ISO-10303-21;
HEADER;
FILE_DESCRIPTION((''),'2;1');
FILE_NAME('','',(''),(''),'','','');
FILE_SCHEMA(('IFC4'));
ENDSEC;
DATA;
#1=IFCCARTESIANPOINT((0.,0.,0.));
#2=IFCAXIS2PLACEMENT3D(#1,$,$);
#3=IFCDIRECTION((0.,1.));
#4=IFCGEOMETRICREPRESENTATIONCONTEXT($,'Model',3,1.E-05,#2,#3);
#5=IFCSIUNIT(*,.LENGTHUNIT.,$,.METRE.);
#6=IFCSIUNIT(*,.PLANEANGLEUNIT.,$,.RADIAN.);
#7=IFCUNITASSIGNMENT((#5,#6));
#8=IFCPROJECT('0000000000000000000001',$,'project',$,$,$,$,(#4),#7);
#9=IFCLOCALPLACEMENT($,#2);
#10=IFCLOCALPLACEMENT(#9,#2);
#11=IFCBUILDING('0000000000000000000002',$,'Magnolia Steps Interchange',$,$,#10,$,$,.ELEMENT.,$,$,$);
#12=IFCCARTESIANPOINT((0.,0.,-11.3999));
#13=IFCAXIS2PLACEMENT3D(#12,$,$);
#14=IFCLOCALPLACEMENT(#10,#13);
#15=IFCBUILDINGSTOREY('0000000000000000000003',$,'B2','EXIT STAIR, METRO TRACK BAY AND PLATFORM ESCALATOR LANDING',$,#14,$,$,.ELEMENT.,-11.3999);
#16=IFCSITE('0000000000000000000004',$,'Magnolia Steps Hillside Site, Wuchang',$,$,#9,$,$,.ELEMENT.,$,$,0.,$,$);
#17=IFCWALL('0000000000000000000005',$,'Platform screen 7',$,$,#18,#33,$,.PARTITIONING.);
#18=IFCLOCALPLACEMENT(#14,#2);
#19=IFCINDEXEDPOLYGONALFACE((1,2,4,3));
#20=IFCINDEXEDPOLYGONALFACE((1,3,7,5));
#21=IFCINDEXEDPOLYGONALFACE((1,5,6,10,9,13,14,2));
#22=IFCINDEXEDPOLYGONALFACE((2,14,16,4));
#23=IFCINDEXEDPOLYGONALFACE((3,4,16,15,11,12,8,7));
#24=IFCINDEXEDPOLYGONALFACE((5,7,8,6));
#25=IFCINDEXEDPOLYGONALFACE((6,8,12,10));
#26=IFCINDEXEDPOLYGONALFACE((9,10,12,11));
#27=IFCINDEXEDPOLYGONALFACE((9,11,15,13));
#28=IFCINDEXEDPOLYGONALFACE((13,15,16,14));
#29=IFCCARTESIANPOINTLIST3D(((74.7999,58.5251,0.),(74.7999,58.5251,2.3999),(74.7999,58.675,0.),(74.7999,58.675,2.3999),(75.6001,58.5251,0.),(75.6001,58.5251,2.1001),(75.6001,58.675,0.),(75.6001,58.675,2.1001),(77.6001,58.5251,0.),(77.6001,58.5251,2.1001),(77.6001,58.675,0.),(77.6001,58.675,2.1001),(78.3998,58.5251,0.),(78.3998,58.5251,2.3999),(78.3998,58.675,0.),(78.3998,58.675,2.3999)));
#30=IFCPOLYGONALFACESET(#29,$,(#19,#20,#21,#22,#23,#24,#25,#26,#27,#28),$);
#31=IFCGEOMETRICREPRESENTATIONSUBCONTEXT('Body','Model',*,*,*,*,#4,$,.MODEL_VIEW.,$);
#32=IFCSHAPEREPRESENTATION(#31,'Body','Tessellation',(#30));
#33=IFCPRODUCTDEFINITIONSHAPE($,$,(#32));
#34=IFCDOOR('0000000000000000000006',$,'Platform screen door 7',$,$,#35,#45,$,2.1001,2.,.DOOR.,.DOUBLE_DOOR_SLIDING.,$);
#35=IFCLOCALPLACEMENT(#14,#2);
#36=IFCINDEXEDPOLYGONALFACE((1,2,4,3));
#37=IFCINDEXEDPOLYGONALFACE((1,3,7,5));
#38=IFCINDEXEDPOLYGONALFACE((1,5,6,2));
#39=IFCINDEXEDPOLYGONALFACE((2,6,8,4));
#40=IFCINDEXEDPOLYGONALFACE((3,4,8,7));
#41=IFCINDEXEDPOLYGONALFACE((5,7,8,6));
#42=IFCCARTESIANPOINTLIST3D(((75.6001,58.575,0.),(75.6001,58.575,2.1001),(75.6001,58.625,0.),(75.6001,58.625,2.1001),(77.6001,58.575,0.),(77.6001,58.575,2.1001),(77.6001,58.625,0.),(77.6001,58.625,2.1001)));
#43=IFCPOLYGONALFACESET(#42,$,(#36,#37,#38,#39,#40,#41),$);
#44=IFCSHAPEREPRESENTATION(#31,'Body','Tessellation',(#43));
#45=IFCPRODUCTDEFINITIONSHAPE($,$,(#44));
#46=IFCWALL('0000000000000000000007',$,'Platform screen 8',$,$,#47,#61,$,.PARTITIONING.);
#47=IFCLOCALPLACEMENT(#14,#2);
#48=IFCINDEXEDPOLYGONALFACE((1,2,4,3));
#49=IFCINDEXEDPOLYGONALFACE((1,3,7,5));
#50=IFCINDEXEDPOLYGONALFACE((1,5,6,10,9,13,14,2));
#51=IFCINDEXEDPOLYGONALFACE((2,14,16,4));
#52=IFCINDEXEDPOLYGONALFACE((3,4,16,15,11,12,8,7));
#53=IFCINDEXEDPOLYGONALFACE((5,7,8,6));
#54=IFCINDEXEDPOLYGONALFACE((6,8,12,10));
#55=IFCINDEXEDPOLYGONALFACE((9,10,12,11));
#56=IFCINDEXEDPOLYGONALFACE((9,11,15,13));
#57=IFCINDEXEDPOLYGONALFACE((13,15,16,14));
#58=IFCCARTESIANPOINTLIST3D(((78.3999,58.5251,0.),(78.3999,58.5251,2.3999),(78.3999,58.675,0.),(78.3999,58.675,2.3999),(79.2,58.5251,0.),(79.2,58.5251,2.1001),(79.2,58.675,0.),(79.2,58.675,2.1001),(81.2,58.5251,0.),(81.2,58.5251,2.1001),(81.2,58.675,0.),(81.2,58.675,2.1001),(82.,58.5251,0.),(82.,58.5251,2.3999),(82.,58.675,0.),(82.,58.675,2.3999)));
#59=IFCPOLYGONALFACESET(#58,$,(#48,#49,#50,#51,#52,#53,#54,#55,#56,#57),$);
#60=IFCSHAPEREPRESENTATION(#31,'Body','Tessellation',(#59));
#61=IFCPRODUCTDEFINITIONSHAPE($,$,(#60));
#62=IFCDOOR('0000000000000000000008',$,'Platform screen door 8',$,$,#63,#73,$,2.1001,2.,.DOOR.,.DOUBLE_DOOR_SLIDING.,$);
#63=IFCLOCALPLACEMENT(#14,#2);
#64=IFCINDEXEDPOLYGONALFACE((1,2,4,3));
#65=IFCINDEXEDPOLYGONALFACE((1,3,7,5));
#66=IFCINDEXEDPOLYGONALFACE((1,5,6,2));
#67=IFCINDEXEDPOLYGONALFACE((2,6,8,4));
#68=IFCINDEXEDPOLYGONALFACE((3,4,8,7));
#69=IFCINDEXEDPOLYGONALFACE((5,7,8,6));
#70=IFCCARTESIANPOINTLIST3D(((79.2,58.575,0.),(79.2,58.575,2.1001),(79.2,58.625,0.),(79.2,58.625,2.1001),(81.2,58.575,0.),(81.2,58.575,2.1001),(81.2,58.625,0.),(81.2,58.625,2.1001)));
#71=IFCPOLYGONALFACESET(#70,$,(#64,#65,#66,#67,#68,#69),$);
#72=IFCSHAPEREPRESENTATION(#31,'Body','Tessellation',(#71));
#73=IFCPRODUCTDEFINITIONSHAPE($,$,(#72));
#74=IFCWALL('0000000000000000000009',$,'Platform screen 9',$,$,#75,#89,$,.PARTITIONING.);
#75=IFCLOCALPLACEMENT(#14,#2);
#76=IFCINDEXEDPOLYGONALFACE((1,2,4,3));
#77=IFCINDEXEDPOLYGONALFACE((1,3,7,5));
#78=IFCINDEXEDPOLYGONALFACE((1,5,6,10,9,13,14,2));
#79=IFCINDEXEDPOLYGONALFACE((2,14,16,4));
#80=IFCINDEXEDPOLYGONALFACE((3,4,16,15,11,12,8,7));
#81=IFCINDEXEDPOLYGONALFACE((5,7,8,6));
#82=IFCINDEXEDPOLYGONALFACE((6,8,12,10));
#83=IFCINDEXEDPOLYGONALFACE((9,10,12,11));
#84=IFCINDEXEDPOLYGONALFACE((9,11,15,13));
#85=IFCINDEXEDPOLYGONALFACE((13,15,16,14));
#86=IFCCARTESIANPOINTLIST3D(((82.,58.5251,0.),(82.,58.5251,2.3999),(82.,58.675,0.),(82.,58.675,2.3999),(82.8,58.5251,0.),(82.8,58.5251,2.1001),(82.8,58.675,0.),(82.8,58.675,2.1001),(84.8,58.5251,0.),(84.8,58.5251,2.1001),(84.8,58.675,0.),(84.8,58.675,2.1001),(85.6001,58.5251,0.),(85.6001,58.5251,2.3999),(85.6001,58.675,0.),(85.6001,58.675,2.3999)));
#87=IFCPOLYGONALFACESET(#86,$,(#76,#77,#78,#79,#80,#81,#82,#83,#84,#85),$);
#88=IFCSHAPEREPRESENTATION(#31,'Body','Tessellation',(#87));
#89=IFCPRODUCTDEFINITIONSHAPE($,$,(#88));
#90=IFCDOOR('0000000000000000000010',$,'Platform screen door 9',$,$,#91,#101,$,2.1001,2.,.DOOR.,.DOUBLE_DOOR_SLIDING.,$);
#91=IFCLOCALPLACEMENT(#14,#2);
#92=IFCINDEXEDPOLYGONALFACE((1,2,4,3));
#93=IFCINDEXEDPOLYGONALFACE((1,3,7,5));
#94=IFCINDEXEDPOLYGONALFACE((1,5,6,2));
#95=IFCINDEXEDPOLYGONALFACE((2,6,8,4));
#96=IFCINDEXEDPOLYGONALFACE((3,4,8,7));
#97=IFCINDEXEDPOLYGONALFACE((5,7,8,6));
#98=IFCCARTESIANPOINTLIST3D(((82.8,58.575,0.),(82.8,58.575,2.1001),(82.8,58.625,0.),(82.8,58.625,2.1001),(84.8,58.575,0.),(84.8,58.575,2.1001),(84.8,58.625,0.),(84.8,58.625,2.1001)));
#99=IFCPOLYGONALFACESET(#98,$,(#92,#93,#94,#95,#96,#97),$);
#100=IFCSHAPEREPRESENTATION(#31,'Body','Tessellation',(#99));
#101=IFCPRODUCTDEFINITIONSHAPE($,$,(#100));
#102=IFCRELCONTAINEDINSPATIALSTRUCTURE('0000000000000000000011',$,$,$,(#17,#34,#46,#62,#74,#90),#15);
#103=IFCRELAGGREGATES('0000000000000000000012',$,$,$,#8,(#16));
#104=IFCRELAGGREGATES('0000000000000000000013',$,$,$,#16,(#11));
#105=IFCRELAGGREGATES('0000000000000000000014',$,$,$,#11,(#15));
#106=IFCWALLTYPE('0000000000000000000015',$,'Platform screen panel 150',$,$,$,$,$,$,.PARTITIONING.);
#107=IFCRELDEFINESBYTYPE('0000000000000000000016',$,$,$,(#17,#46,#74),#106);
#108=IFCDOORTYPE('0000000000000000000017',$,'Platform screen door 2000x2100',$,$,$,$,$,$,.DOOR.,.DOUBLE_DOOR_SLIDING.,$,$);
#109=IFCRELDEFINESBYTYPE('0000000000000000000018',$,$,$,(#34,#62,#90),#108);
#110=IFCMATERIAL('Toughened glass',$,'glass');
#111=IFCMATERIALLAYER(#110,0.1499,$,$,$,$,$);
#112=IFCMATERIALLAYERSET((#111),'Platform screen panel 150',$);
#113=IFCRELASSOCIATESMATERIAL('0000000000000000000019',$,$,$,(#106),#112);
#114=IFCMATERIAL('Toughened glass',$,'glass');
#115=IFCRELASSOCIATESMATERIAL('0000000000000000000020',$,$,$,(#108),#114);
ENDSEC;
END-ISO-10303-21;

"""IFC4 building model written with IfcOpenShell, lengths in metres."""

from ifc_helpers import new_model, si_unit, direction, frame, frame_2d, origin, place, context, subcontext, project, spatial, rectangle, extrude, material, layer, layer_set, type_object, element, fill, save


model = new_model("IFC4")

# Units and contexts
model_context = context("Model", 3, precision=1e-05, world=origin(), true_north=direction((0.0, 1.0)))
body_context = subcontext(model_context, "Body", "Model", "MODEL_VIEW")
ifc_project = project(units=[si_unit("LENGTHUNIT", "METRE"), si_unit("PLANEANGLEUNIT", "RADIAN")], contexts=[model_context])

# Site, building, storey
site_placement = place(None, origin())
site = spatial("IfcSite", under=ifc_project, at=site_placement, Name="Magnolia Steps Hillside Site, Wuchang", CompositionType="ELEMENT", RefElevation=0.0)
building_placement = place(site_placement, origin())
building = spatial("IfcBuilding", under=site, at=building_placement, Name="Magnolia Steps Interchange", CompositionType="ELEMENT")
storey_placement = place(building_placement, frame((0.0, 0.0, -11.3999)))
storey = spatial("IfcBuildingStorey", under=building, at=storey_placement, Name="B2", Description="EXIT STAIR, METRO TRACK BAY AND PLATFORM ESCALATOR LANDING", CompositionType="ELEMENT", Elevation=-11.3999)

# Walls, openings, doors
ifc_material_1 = material(Name="Toughened glass", Category="glass")
ifc_layer = layer(ifc_material_1, 0.1499)
ifc_layer_set = layer_set([ifc_layer], Name="Platform screen panel 150")
wall_type = type_object("IfcWallType", Name="Platform screen panel 150", PredefinedType="PARTITIONING", material=ifc_layer_set)
ifc_material_2 = material(Name="Toughened glass", Category="glass")
door_type = type_object("IfcDoorType", Name="Platform screen door 2000x2100", OperationType="DOUBLE_DOOR_SLIDING", PredefinedType="DOOR", material=ifc_material_2)
wall_1_placement = place(storey_placement, frame((74.8, 58.6001, 0.0), z_axis=(0.0, 0.0, 1.0), x_axis=(1.0, 0.0, 0.0)))
wall_1 = element("IfcWall", 1, at=wall_1_placement, inside=storey, type_object=wall_type, Name="Platform screen 7", PredefinedType="PARTITIONING", context=body_context, shape_type="SweptSolid", body=[
    extrude(rectangle(XDim=3.5999, YDim=0.1499, at=frame_2d((1.7998, 0.0))), origin(), (0.0, 0.0, 1.0), 2.3999),
])
opening_1_placement = place(wall_1_placement, frame((0.8, 0.0, 0.0)))
opening_1 = element("IfcOpeningElement", 2, at=opening_1_placement, cuts=wall_1, PredefinedType="OPENING", context=body_context, shape_type="SweptSolid", body=[
    extrude(rectangle(XDim=2.0, YDim=2.1001, at=frame_2d((1.0, 1.05))), frame((0.0, 0.085, 0.0), z_axis=(0.0, -1.0, 0.0), x_axis=(1.0, 0.0, 0.0)), (0.0, 0.0, 1.0), 0.1699),
])
door_1_placement = place(opening_1_placement, origin())
door_1 = element("IfcDoor", 3, at=door_1_placement, inside=storey, type_object=door_type, Name="Platform screen door 7", OperationType="DOUBLE_DOOR_SLIDING", OverallHeight=2.1001, OverallWidth=2.0, PredefinedType="DOOR", context=body_context, shape_type="SweptSolid", body=[
    extrude(rectangle(XDim=2.0, YDim=2.1001, at=frame_2d((1.0, 1.05))), frame((0.0, 0.0249, 0.0), z_axis=(0.0, -1.0, 0.0), x_axis=(1.0, 0.0, 0.0)), (0.0, 0.0, 1.0), 0.05),
])
fill(opening_1, door_1)
wall_2_placement = place(storey_placement, frame((78.3999, 58.6001, 0.0), z_axis=(0.0, 0.0, 1.0), x_axis=(1.0, 0.0, 0.0)))
wall_2 = element("IfcWall", 4, at=wall_2_placement, inside=storey, type_object=wall_type, Name="Platform screen 8", PredefinedType="PARTITIONING", context=body_context, shape_type="SweptSolid", body=[
    extrude(rectangle(XDim=3.6001, YDim=0.1499, at=frame_2d((1.8, 0.0))), origin(), (0.0, 0.0, 1.0), 2.3999),
])
opening_2_placement = place(wall_2_placement, frame((0.8, 0.0, 0.0)))
opening_2 = element("IfcOpeningElement", 5, at=opening_2_placement, cuts=wall_2, PredefinedType="OPENING", context=body_context, shape_type="SweptSolid", body=[
    extrude(rectangle(XDim=2.0, YDim=2.1001, at=frame_2d((1.0, 1.05))), frame((0.0, 0.085, 0.0), z_axis=(0.0, -1.0, 0.0), x_axis=(1.0, 0.0, 0.0)), (0.0, 0.0, 1.0), 0.1699),
])
door_2_placement = place(opening_2_placement, origin())
door_2 = element("IfcDoor", 6, at=door_2_placement, inside=storey, type_object=door_type, Name="Platform screen door 8", OperationType="DOUBLE_DOOR_SLIDING", OverallHeight=2.1001, OverallWidth=2.0, PredefinedType="DOOR", context=body_context, shape_type="SweptSolid", body=[
    extrude(rectangle(XDim=2.0, YDim=2.1001, at=frame_2d((1.0, 1.05))), frame((0.0, 0.0249, 0.0), z_axis=(0.0, -1.0, 0.0), x_axis=(1.0, 0.0, 0.0)), (0.0, 0.0, 1.0), 0.05),
])
fill(opening_2, door_2)
wall_3_placement = place(storey_placement, frame((82.0, 58.6001, 0.0), z_axis=(0.0, 0.0, 1.0), x_axis=(1.0, 0.0, 0.0)))
wall_3 = element("IfcWall", 7, at=wall_3_placement, inside=storey, type_object=wall_type, Name="Platform screen 9", PredefinedType="PARTITIONING", context=body_context, shape_type="SweptSolid", body=[
    extrude(rectangle(XDim=3.6001, YDim=0.1499, at=frame_2d((1.8, 0.0))), origin(), (0.0, 0.0, 1.0), 2.3999),
])
opening_3_placement = place(wall_3_placement, frame((0.8, 0.0, 0.0)))
opening_3 = element("IfcOpeningElement", 8, at=opening_3_placement, cuts=wall_3, PredefinedType="OPENING", context=body_context, shape_type="SweptSolid", body=[
    extrude(rectangle(XDim=2.0, YDim=2.1001, at=frame_2d((1.0, 1.05))), frame((0.0, 0.085, 0.0), z_axis=(0.0, -1.0, 0.0), x_axis=(1.0, 0.0, 0.0)), (0.0, 0.0, 1.0), 0.1699),
])
door_3_placement = place(opening_3_placement, origin())
door_3 = element("IfcDoor", 9, at=door_3_placement, inside=storey, type_object=door_type, Name="Platform screen door 9", OperationType="DOUBLE_DOOR_SLIDING", OverallHeight=2.1001, OverallWidth=2.0, PredefinedType="DOOR", context=body_context, shape_type="SweptSolid", body=[
    extrude(rectangle(XDim=2.0, YDim=2.1001, at=frame_2d((1.0, 1.05))), frame((0.0, 0.0249, 0.0), z_axis=(0.0, -1.0, 0.0), x_axis=(1.0, 0.0, 0.0)), (0.0, 0.0, 1.0), 0.05),
])
fill(opening_3, door_3)

save(model, "model.ifc")
